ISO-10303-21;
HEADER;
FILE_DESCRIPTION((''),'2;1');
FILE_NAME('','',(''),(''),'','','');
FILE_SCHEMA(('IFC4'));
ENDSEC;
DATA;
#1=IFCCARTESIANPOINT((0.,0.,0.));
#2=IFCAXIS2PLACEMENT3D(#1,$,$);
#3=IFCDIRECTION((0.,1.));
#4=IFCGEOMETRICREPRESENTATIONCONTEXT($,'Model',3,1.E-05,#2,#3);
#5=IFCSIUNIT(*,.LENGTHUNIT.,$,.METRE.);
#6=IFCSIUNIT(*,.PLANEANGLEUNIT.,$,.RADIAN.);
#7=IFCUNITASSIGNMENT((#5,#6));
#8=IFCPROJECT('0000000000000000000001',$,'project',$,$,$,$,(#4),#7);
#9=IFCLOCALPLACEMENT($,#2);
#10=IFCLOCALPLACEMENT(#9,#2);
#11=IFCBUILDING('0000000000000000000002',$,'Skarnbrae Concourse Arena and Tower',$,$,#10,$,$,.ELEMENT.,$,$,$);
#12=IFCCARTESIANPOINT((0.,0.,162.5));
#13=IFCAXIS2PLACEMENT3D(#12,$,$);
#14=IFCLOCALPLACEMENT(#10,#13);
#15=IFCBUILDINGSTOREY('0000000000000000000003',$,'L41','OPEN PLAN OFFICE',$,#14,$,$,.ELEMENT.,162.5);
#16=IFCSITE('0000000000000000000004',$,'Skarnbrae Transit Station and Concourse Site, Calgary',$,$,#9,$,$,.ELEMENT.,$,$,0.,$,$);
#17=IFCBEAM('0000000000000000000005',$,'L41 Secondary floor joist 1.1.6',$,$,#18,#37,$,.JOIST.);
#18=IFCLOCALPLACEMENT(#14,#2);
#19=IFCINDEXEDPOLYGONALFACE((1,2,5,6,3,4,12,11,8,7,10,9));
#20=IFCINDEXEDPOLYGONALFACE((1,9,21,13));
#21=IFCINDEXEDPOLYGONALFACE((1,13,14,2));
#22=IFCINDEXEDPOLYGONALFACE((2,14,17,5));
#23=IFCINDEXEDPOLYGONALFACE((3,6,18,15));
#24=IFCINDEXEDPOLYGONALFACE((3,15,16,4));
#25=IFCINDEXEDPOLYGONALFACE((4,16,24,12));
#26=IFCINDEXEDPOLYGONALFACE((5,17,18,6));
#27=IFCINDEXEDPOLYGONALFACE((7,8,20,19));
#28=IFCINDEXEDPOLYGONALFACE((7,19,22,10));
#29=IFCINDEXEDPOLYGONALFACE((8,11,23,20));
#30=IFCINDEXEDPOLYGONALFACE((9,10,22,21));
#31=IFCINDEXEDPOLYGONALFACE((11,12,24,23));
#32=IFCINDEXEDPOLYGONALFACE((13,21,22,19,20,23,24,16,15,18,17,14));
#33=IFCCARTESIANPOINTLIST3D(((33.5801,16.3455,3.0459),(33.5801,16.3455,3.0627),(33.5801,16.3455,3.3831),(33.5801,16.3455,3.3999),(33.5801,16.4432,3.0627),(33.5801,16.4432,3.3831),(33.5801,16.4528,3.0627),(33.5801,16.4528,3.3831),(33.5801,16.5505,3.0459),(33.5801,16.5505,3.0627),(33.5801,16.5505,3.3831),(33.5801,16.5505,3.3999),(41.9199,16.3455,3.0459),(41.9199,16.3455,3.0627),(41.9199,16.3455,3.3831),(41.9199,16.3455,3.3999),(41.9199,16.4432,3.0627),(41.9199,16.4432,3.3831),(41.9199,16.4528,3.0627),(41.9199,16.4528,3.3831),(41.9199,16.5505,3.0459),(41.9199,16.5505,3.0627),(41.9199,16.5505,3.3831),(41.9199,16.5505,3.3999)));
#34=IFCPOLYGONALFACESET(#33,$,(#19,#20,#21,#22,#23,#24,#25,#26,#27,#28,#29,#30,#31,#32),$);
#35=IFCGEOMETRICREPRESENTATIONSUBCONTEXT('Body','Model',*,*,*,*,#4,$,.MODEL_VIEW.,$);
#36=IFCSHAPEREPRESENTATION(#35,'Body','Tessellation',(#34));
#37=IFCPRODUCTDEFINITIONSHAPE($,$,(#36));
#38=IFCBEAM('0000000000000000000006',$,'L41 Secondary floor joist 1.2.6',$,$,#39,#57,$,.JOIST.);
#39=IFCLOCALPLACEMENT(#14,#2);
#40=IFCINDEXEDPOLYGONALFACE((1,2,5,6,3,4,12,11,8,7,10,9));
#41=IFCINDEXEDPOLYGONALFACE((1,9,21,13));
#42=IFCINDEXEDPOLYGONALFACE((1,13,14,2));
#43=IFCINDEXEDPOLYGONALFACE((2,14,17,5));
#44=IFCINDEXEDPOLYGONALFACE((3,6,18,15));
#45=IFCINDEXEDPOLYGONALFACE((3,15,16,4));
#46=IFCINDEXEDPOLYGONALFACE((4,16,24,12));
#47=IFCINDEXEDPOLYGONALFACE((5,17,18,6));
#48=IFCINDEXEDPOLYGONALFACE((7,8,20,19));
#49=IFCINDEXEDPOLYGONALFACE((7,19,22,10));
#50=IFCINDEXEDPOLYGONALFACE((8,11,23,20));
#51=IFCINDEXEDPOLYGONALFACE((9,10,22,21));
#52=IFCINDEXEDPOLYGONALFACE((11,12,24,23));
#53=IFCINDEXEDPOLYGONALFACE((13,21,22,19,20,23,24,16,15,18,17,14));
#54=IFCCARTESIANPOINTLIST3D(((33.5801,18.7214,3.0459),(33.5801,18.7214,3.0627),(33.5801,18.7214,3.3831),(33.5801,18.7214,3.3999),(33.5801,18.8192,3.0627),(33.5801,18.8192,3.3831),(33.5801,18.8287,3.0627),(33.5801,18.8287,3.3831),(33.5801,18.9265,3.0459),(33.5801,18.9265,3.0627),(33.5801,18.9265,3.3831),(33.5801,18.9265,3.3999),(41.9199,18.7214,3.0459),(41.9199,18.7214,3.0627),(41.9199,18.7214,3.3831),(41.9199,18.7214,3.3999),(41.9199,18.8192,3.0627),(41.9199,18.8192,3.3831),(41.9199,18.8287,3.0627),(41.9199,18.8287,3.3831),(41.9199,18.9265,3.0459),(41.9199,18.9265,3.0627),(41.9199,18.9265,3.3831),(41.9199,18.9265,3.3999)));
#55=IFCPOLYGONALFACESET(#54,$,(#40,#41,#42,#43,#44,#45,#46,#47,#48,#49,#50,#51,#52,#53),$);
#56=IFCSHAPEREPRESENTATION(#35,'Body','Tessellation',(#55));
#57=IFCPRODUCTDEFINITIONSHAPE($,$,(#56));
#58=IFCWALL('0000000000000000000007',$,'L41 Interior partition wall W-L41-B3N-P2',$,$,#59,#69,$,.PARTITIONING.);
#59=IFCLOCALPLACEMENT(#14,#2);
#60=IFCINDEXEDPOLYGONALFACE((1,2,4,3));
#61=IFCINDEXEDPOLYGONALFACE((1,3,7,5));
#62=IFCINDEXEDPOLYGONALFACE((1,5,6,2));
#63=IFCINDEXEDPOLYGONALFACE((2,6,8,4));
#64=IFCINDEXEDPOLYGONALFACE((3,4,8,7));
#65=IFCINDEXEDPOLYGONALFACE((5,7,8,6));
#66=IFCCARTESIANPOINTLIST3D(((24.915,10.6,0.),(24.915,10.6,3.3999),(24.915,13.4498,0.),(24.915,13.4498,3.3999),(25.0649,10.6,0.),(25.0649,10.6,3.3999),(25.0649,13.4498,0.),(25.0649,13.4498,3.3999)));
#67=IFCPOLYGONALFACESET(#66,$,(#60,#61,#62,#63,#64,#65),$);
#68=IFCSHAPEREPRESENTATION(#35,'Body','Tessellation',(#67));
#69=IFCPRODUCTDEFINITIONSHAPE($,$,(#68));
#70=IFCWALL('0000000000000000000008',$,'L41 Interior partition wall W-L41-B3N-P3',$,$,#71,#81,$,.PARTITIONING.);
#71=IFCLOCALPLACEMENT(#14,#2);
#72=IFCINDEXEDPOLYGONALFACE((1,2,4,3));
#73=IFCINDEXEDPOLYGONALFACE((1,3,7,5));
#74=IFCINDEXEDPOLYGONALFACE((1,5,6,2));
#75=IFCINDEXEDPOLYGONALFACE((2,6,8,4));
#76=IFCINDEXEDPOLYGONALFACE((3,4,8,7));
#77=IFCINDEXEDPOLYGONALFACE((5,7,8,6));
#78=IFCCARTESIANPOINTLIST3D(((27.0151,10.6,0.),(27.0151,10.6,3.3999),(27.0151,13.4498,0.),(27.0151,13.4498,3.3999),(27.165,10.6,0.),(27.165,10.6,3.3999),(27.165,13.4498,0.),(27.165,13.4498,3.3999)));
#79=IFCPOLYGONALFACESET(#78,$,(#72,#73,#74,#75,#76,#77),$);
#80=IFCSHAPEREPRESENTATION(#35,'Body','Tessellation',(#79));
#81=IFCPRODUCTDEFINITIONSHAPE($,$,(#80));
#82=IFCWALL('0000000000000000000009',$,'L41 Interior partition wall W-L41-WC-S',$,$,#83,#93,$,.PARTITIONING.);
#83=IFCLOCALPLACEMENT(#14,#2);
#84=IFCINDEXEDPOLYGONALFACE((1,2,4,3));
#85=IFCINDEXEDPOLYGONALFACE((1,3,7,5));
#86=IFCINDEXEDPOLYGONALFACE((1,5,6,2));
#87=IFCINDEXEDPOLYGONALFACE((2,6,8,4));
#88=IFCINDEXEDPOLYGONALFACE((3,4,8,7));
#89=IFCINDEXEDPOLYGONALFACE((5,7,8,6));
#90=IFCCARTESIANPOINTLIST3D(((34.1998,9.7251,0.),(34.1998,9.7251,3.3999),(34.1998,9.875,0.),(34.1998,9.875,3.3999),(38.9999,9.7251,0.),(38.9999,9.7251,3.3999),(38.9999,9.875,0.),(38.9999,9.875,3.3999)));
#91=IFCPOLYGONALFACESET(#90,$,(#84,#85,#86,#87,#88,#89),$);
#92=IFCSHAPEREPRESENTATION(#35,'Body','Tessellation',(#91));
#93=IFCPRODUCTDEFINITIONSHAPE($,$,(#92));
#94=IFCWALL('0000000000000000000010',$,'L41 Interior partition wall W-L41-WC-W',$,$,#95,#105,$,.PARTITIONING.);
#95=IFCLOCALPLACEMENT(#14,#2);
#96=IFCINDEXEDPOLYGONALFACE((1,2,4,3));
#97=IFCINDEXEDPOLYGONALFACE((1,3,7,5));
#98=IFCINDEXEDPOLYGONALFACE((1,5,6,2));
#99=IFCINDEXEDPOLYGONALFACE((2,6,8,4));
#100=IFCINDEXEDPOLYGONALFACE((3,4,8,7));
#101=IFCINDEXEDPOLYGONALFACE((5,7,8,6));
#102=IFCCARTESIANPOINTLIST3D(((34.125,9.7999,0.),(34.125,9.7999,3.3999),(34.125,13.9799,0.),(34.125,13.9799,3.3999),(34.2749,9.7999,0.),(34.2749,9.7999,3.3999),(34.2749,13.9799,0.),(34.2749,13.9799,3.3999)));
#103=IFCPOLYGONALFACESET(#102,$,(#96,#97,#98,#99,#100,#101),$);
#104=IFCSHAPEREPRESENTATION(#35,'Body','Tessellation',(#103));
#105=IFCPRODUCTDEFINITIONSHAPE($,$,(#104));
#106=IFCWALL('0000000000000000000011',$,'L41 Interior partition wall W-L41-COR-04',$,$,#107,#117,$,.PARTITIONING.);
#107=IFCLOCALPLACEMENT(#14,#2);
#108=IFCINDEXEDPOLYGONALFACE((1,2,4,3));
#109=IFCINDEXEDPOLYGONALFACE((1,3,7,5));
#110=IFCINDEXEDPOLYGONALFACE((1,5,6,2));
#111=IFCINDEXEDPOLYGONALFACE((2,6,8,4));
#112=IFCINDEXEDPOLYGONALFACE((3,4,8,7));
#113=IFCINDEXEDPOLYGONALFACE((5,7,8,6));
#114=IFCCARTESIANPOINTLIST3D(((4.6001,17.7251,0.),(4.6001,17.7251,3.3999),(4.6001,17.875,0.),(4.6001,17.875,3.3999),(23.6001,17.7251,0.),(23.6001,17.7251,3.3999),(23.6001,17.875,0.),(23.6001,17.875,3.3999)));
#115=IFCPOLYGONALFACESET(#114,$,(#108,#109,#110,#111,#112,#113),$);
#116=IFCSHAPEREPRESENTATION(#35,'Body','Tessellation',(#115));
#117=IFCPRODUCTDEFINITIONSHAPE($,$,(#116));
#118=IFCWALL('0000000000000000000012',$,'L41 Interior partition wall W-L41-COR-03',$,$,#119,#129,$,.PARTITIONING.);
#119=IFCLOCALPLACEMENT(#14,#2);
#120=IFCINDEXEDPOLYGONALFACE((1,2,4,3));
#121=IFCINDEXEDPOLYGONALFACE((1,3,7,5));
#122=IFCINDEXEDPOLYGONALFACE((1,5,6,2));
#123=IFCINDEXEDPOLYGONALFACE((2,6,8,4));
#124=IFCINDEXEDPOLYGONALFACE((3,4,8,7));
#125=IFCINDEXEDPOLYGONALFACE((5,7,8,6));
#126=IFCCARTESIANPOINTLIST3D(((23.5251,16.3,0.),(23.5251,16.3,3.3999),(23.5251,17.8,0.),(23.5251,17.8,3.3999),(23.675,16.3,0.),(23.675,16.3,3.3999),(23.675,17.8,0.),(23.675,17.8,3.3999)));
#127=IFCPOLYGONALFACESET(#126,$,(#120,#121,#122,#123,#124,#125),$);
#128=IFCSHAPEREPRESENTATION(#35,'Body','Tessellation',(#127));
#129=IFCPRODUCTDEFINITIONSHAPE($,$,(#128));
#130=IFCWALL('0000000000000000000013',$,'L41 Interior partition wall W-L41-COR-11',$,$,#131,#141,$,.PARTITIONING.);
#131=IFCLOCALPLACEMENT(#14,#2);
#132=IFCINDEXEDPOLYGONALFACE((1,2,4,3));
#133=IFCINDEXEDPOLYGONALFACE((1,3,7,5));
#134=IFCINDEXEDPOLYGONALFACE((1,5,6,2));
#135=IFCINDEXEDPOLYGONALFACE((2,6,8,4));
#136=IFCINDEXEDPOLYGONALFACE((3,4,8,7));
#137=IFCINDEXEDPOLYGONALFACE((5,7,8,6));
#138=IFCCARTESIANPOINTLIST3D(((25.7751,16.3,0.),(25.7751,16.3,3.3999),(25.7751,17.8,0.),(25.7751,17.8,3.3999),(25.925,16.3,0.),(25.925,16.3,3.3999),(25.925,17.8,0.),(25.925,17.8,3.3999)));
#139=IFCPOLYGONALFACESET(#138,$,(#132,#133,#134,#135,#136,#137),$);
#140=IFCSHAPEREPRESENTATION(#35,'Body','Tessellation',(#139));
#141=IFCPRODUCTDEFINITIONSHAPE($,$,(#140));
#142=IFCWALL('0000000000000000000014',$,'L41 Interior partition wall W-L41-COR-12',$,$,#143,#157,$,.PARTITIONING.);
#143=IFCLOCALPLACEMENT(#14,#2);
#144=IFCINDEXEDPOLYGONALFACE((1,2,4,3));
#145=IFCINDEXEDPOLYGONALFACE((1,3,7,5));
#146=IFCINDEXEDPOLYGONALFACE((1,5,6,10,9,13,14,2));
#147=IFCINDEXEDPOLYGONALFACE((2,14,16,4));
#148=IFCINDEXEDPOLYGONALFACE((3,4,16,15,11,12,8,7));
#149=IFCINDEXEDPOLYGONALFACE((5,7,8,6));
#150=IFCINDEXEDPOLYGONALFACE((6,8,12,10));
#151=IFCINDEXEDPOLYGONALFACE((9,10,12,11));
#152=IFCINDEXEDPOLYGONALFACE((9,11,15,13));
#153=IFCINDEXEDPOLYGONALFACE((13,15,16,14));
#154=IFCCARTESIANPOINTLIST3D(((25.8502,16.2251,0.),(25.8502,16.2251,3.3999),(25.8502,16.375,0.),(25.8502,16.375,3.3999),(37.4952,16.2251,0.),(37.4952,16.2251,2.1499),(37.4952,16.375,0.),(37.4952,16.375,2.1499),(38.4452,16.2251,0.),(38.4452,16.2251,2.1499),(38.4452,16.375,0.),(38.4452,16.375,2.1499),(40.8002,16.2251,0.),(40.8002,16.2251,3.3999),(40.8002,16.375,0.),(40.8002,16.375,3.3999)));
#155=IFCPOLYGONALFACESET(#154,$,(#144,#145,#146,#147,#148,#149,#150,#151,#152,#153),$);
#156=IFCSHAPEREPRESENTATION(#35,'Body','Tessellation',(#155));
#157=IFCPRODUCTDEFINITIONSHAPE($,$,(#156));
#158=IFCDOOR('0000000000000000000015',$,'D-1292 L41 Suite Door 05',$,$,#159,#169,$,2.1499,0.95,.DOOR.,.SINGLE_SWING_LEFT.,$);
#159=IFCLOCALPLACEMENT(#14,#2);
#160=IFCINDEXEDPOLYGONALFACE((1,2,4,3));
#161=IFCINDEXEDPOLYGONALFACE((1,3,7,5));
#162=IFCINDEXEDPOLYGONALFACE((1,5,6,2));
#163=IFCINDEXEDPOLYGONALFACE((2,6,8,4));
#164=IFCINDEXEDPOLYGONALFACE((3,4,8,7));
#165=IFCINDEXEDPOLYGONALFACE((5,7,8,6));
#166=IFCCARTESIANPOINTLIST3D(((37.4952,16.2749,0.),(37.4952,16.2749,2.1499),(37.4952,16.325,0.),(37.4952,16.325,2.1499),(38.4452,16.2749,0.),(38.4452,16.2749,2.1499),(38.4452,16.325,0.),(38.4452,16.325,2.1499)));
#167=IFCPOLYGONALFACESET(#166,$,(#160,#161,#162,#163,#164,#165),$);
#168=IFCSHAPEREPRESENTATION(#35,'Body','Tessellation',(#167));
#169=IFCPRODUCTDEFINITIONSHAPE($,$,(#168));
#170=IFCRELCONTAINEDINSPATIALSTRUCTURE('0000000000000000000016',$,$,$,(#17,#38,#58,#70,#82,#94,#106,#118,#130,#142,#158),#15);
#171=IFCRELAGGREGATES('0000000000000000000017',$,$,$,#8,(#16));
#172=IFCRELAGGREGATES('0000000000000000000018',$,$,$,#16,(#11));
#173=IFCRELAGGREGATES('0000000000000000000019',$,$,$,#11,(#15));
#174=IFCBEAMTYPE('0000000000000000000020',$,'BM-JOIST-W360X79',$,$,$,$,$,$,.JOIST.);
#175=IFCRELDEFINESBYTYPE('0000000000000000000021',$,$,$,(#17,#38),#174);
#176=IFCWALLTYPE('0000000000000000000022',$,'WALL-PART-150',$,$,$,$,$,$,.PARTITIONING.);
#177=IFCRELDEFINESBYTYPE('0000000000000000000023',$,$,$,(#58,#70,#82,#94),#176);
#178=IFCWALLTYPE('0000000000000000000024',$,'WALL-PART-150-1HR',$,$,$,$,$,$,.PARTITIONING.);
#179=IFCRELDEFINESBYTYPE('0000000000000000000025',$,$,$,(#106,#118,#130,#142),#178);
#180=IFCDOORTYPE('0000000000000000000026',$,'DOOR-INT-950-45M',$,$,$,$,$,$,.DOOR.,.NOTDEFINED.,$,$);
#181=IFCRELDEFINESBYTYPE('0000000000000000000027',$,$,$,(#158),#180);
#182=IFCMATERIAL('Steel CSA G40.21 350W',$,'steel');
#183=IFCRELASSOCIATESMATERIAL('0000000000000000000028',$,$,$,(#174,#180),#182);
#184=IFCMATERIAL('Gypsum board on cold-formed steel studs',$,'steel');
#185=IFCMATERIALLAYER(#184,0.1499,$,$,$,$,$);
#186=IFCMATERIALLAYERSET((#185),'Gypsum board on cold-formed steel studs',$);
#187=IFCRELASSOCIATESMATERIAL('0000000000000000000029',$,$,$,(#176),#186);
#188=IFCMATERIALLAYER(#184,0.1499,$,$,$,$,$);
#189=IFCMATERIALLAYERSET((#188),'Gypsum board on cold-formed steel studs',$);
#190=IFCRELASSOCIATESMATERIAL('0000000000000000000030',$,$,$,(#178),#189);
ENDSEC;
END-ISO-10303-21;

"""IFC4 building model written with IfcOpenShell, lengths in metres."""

from ifc_helpers import new_model, si_unit, direction, frame, frame_2d, origin, origin_2d, place, context, subcontext, project, spatial, rectangle, i_section, extrude, source, transform, mapped, material, layer, layer_set, material_profile, profile_set, type_object, element, fill, save


model = new_model("IFC4")

# Units and contexts
model_context = context("Model", 3, precision=1e-05, world=origin(), true_north=direction((0.0, 1.0)))
body_context = subcontext(model_context, "Body", "Model", "MODEL_VIEW")
ifc_project = project(units=[si_unit("LENGTHUNIT", "METRE"), si_unit("PLANEANGLEUNIT", "RADIAN")], contexts=[model_context])

# Site, building, storey
site_placement = place(None, origin())
site = spatial("IfcSite", under=ifc_project, at=site_placement, Name="Skarnbrae Transit Station and Concourse Site, Calgary", CompositionType="ELEMENT", RefElevation=0.0)
building_placement = place(site_placement, origin())
building = spatial("IfcBuilding", under=site, at=building_placement, Name="Skarnbrae Concourse Arena and Tower", CompositionType="ELEMENT")
storey_placement = place(building_placement, frame((0.0, 0.0, 162.5)))
storey = spatial("IfcBuildingStorey", under=building, at=storey_placement, Name="L41", Description="OPEN PLAN OFFICE", CompositionType="ELEMENT", Elevation=162.5)

# Shared definitions
ifc_material_1 = material(Name="Steel CSA G40.21 350W", Category="steel")

# Beams
ifc_material_profile_1 = material_profile(ifc_material_1, i_section(OverallWidth=0.2051, OverallDepth=0.354, WebThickness=0.0095, FlangeThickness=0.0168, at=origin_2d()), Name="W360X79")
ifc_profile_set_1 = profile_set([ifc_material_profile_1], Name="Steel CSA G40.21 350W")
beam_type_1 = type_object("IfcBeamType", Name="BM-JOIST-W360X79", PredefinedType="JOIST", material=ifc_profile_set_1)
shared_shape_1 = source(origin(), body_context, "Body", "SweptSolid", [
    extrude(i_section(OverallWidth=0.2051, OverallDepth=0.354, WebThickness=0.0095, FlangeThickness=0.0168, at=origin_2d()), origin(), (0.0, 0.0, 1.0), 8.3398),
])
for number, where, z_axis, x_axis, name in (
    (1, (33.5801, 16.448, 3.2229), (1.0, 0.0, 0.0), (0.0, 1.0, 0.0), "L41 Secondary floor joist 1.1.6"),
    (2, (33.5801, 18.824, 3.2229), (1.0, 0.0, 0.0), (0.0, 1.0, 0.0), "L41 Secondary floor joist 1.2.6"),
):
    element("IfcBeam", number, at=place(storey_placement, frame(where, z_axis=z_axis, x_axis=x_axis)), inside=storey, type_object=beam_type_1, Name=name, PredefinedType="JOIST", context=body_context, shape_type="MappedRepresentation", body=[
        mapped(shared_shape_1, transform((0.0, 0.0, 0.0))),
    ])

# Walls
ifc_material_2 = material(Name="Gypsum board on cold-formed steel studs", Category="steel")
ifc_layer_1 = layer(ifc_material_2, 0.1499)
ifc_layer_set_1 = layer_set([ifc_layer_1], Name="Gypsum board on cold-formed steel studs")
wall_type_1 = type_object("IfcWallType", Name="WALL-PART-150", PredefinedType="PARTITIONING", material=ifc_layer_set_1)
shared_shape_2 = source(origin(), body_context, "Body", "SweptSolid", [
    extrude(rectangle(XDim=2.8499, YDim=0.1499, at=frame_2d((1.4248, 0.0))), origin(), (0.0, 0.0, 1.0), 3.3999),
])
for number, where, z_axis, x_axis, name in (
    (3, (24.99, 10.6001, 0.0), (0.0, 0.0, 1.0), (0.0, 1.0, 0.0), "L41 Interior partition wall W-L41-B3N-P2"),
    (4, (27.0901, 10.6001, 0.0), (0.0, 0.0, 1.0), (0.0, 1.0, 0.0), "L41 Interior partition wall W-L41-B3N-P3"),
):
    element("IfcWall", number, at=place(storey_placement, frame(where, z_axis=z_axis, x_axis=x_axis)), inside=storey, type_object=wall_type_1, Name=name, PredefinedType="PARTITIONING", context=body_context, shape_type="MappedRepresentation", body=[
        mapped(shared_shape_2, transform((0.0, 0.0, 0.0))),
    ])
shared_shape_3 = source(origin(), body_context, "Body", "SweptSolid", [
    extrude(rectangle(XDim=4.8, YDim=0.1499, at=frame_2d((2.3999, 0.0))), origin(), (0.0, 0.0, 1.0), 3.3999),
])
wall_1_placement = place(storey_placement, frame((34.2, 9.8, 0.0), z_axis=(0.0, 0.0, 1.0), x_axis=(1.0, 0.0, 0.0)))
element("IfcWall", 5, at=wall_1_placement, inside=storey, type_object=wall_type_1, Name="L41 Interior partition wall W-L41-WC-S", PredefinedType="PARTITIONING", context=body_context, shape_type="MappedRepresentation", body=[
    mapped(shared_shape_3, transform((0.0, 0.0, 0.0))),
])
shared_shape_4 = source(origin(), body_context, "Body", "SweptSolid", [
    extrude(rectangle(XDim=4.1799, YDim=0.1499, at=frame_2d((2.0898, 0.0))), origin(), (0.0, 0.0, 1.0), 3.3999),
])
wall_2_placement = place(storey_placement, frame((34.2, 9.8, 0.0), z_axis=(0.0, 0.0, 1.0), x_axis=(0.0, 1.0, 0.0)))
element("IfcWall", 6, at=wall_2_placement, inside=storey, type_object=wall_type_1, Name="L41 Interior partition wall W-L41-WC-W", PredefinedType="PARTITIONING", context=body_context, shape_type="MappedRepresentation", body=[
    mapped(shared_shape_4, transform((0.0, 0.0, 0.0))),
])
ifc_layer_2 = layer(ifc_material_2, 0.1499)
ifc_layer_set_2 = layer_set([ifc_layer_2], Name="Gypsum board on cold-formed steel studs")
wall_type_2 = type_object("IfcWallType", Name="WALL-PART-150-1HR", PredefinedType="PARTITIONING", material=ifc_layer_set_2)
shared_shape_5 = source(origin(), body_context, "Body", "SweptSolid", [
    extrude(rectangle(XDim=19.0, YDim=0.1499, at=frame_2d((9.5, 0.0))), origin(), (0.0, 0.0, 1.0), 3.3999),
])
wall_3_placement = place(storey_placement, frame((23.6001, 17.8, 0.0), z_axis=(0.0, 0.0, 1.0), x_axis=(-1.0, 0.0, 0.0)))
element("IfcWall", 7, at=wall_3_placement, inside=storey, type_object=wall_type_2, Name="L41 Interior partition wall W-L41-COR-04", PredefinedType="PARTITIONING", context=body_context, shape_type="MappedRepresentation", body=[
    mapped(shared_shape_5, transform((0.0, 0.0, 0.0))),
])
shared_shape_6 = source(origin(), body_context, "Body", "SweptSolid", [
    extrude(rectangle(XDim=1.5, YDim=0.1499, at=frame_2d((0.75, 0.0))), origin(), (0.0, 0.0, 1.0), 3.3999),
])
for number, where, z_axis, x_axis, name in (
    (8, (23.6001, 16.3, 0.0), (0.0, 0.0, 1.0), (0.0, 1.0, 0.0), "L41 Interior partition wall W-L41-COR-03"),
    (9, (25.8501, 17.8, 0.0), (0.0, 0.0, 1.0), (0.0, -1.0, 0.0), "L41 Interior partition wall W-L41-COR-11"),
):
    element("IfcWall", number, at=place(storey_placement, frame(where, z_axis=z_axis, x_axis=x_axis)), inside=storey, type_object=wall_type_2, Name=name, PredefinedType="PARTITIONING", context=body_context, shape_type="MappedRepresentation", body=[
        mapped(shared_shape_6, transform((0.0, 0.0, 0.0))),
    ])

# Wall, opening, door
shared_shape_7 = source(origin(), body_context, "Body", "SweptSolid", [
    extrude(rectangle(XDim=14.95, YDim=0.1499, at=frame_2d((7.4751, 0.0))), origin(), (0.0, 0.0, 1.0), 3.3999),
])
wall_4_placement = place(storey_placement, frame((25.8501, 16.3, 0.0), z_axis=(0.0, 0.0, 1.0), x_axis=(1.0, 0.0, 0.0)))
wall_4 = element("IfcWall", 10, at=wall_4_placement, inside=storey, type_object=wall_type_2, Name="L41 Interior partition wall W-L41-COR-12", PredefinedType="PARTITIONING", context=body_context, shape_type="MappedRepresentation", body=[
    mapped(shared_shape_7, transform((0.0, 0.0, 0.0))),
])
opening_1_placement = place(wall_4_placement, frame((11.645, 0.0, 0.0)))
opening_1 = element("IfcOpeningElement", 11, at=opening_1_placement, cuts=wall_4, PredefinedType="OPENING", context=body_context, shape_type="SweptSolid", body=[
    extrude(rectangle(XDim=0.95, YDim=2.1499, at=frame_2d((0.4751, 1.075))), frame((0.0, 0.085, 0.0), z_axis=(0.0, -1.0, 0.0), x_axis=(1.0, 0.0, 0.0)), (0.0, 0.0, 1.0), 0.1699),
])
door_type_1 = type_object("IfcDoorType", Name="DOOR-INT-950-45M", OperationType="NOTDEFINED", PredefinedType="DOOR", material=ifc_material_1)
shared_shape_8 = source(origin(), body_context, "Body", "SweptSolid", [
    extrude(rectangle(XDim=0.95, YDim=2.1499, at=frame_2d((0.4751, 1.075))), frame((0.0, 0.0249, 0.0), z_axis=(0.0, -1.0, 0.0), x_axis=(1.0, 0.0, 0.0)), (0.0, 0.0, 1.0), 0.05),
])
door_1_placement = place(opening_1_placement, origin())
door_1 = element("IfcDoor", 12, at=door_1_placement, inside=storey, type_object=door_type_1, Name="D-1292 L41 Suite Door 05", OperationType="SINGLE_SWING_LEFT", OverallHeight=2.1499, OverallWidth=0.95, PredefinedType="DOOR", context=body_context, shape_type="MappedRepresentation", body=[
    mapped(shared_shape_8, transform((0.0, 0.0, 0.0))),
])
fill(opening_1, door_1)

save(model, "model.ifc")
